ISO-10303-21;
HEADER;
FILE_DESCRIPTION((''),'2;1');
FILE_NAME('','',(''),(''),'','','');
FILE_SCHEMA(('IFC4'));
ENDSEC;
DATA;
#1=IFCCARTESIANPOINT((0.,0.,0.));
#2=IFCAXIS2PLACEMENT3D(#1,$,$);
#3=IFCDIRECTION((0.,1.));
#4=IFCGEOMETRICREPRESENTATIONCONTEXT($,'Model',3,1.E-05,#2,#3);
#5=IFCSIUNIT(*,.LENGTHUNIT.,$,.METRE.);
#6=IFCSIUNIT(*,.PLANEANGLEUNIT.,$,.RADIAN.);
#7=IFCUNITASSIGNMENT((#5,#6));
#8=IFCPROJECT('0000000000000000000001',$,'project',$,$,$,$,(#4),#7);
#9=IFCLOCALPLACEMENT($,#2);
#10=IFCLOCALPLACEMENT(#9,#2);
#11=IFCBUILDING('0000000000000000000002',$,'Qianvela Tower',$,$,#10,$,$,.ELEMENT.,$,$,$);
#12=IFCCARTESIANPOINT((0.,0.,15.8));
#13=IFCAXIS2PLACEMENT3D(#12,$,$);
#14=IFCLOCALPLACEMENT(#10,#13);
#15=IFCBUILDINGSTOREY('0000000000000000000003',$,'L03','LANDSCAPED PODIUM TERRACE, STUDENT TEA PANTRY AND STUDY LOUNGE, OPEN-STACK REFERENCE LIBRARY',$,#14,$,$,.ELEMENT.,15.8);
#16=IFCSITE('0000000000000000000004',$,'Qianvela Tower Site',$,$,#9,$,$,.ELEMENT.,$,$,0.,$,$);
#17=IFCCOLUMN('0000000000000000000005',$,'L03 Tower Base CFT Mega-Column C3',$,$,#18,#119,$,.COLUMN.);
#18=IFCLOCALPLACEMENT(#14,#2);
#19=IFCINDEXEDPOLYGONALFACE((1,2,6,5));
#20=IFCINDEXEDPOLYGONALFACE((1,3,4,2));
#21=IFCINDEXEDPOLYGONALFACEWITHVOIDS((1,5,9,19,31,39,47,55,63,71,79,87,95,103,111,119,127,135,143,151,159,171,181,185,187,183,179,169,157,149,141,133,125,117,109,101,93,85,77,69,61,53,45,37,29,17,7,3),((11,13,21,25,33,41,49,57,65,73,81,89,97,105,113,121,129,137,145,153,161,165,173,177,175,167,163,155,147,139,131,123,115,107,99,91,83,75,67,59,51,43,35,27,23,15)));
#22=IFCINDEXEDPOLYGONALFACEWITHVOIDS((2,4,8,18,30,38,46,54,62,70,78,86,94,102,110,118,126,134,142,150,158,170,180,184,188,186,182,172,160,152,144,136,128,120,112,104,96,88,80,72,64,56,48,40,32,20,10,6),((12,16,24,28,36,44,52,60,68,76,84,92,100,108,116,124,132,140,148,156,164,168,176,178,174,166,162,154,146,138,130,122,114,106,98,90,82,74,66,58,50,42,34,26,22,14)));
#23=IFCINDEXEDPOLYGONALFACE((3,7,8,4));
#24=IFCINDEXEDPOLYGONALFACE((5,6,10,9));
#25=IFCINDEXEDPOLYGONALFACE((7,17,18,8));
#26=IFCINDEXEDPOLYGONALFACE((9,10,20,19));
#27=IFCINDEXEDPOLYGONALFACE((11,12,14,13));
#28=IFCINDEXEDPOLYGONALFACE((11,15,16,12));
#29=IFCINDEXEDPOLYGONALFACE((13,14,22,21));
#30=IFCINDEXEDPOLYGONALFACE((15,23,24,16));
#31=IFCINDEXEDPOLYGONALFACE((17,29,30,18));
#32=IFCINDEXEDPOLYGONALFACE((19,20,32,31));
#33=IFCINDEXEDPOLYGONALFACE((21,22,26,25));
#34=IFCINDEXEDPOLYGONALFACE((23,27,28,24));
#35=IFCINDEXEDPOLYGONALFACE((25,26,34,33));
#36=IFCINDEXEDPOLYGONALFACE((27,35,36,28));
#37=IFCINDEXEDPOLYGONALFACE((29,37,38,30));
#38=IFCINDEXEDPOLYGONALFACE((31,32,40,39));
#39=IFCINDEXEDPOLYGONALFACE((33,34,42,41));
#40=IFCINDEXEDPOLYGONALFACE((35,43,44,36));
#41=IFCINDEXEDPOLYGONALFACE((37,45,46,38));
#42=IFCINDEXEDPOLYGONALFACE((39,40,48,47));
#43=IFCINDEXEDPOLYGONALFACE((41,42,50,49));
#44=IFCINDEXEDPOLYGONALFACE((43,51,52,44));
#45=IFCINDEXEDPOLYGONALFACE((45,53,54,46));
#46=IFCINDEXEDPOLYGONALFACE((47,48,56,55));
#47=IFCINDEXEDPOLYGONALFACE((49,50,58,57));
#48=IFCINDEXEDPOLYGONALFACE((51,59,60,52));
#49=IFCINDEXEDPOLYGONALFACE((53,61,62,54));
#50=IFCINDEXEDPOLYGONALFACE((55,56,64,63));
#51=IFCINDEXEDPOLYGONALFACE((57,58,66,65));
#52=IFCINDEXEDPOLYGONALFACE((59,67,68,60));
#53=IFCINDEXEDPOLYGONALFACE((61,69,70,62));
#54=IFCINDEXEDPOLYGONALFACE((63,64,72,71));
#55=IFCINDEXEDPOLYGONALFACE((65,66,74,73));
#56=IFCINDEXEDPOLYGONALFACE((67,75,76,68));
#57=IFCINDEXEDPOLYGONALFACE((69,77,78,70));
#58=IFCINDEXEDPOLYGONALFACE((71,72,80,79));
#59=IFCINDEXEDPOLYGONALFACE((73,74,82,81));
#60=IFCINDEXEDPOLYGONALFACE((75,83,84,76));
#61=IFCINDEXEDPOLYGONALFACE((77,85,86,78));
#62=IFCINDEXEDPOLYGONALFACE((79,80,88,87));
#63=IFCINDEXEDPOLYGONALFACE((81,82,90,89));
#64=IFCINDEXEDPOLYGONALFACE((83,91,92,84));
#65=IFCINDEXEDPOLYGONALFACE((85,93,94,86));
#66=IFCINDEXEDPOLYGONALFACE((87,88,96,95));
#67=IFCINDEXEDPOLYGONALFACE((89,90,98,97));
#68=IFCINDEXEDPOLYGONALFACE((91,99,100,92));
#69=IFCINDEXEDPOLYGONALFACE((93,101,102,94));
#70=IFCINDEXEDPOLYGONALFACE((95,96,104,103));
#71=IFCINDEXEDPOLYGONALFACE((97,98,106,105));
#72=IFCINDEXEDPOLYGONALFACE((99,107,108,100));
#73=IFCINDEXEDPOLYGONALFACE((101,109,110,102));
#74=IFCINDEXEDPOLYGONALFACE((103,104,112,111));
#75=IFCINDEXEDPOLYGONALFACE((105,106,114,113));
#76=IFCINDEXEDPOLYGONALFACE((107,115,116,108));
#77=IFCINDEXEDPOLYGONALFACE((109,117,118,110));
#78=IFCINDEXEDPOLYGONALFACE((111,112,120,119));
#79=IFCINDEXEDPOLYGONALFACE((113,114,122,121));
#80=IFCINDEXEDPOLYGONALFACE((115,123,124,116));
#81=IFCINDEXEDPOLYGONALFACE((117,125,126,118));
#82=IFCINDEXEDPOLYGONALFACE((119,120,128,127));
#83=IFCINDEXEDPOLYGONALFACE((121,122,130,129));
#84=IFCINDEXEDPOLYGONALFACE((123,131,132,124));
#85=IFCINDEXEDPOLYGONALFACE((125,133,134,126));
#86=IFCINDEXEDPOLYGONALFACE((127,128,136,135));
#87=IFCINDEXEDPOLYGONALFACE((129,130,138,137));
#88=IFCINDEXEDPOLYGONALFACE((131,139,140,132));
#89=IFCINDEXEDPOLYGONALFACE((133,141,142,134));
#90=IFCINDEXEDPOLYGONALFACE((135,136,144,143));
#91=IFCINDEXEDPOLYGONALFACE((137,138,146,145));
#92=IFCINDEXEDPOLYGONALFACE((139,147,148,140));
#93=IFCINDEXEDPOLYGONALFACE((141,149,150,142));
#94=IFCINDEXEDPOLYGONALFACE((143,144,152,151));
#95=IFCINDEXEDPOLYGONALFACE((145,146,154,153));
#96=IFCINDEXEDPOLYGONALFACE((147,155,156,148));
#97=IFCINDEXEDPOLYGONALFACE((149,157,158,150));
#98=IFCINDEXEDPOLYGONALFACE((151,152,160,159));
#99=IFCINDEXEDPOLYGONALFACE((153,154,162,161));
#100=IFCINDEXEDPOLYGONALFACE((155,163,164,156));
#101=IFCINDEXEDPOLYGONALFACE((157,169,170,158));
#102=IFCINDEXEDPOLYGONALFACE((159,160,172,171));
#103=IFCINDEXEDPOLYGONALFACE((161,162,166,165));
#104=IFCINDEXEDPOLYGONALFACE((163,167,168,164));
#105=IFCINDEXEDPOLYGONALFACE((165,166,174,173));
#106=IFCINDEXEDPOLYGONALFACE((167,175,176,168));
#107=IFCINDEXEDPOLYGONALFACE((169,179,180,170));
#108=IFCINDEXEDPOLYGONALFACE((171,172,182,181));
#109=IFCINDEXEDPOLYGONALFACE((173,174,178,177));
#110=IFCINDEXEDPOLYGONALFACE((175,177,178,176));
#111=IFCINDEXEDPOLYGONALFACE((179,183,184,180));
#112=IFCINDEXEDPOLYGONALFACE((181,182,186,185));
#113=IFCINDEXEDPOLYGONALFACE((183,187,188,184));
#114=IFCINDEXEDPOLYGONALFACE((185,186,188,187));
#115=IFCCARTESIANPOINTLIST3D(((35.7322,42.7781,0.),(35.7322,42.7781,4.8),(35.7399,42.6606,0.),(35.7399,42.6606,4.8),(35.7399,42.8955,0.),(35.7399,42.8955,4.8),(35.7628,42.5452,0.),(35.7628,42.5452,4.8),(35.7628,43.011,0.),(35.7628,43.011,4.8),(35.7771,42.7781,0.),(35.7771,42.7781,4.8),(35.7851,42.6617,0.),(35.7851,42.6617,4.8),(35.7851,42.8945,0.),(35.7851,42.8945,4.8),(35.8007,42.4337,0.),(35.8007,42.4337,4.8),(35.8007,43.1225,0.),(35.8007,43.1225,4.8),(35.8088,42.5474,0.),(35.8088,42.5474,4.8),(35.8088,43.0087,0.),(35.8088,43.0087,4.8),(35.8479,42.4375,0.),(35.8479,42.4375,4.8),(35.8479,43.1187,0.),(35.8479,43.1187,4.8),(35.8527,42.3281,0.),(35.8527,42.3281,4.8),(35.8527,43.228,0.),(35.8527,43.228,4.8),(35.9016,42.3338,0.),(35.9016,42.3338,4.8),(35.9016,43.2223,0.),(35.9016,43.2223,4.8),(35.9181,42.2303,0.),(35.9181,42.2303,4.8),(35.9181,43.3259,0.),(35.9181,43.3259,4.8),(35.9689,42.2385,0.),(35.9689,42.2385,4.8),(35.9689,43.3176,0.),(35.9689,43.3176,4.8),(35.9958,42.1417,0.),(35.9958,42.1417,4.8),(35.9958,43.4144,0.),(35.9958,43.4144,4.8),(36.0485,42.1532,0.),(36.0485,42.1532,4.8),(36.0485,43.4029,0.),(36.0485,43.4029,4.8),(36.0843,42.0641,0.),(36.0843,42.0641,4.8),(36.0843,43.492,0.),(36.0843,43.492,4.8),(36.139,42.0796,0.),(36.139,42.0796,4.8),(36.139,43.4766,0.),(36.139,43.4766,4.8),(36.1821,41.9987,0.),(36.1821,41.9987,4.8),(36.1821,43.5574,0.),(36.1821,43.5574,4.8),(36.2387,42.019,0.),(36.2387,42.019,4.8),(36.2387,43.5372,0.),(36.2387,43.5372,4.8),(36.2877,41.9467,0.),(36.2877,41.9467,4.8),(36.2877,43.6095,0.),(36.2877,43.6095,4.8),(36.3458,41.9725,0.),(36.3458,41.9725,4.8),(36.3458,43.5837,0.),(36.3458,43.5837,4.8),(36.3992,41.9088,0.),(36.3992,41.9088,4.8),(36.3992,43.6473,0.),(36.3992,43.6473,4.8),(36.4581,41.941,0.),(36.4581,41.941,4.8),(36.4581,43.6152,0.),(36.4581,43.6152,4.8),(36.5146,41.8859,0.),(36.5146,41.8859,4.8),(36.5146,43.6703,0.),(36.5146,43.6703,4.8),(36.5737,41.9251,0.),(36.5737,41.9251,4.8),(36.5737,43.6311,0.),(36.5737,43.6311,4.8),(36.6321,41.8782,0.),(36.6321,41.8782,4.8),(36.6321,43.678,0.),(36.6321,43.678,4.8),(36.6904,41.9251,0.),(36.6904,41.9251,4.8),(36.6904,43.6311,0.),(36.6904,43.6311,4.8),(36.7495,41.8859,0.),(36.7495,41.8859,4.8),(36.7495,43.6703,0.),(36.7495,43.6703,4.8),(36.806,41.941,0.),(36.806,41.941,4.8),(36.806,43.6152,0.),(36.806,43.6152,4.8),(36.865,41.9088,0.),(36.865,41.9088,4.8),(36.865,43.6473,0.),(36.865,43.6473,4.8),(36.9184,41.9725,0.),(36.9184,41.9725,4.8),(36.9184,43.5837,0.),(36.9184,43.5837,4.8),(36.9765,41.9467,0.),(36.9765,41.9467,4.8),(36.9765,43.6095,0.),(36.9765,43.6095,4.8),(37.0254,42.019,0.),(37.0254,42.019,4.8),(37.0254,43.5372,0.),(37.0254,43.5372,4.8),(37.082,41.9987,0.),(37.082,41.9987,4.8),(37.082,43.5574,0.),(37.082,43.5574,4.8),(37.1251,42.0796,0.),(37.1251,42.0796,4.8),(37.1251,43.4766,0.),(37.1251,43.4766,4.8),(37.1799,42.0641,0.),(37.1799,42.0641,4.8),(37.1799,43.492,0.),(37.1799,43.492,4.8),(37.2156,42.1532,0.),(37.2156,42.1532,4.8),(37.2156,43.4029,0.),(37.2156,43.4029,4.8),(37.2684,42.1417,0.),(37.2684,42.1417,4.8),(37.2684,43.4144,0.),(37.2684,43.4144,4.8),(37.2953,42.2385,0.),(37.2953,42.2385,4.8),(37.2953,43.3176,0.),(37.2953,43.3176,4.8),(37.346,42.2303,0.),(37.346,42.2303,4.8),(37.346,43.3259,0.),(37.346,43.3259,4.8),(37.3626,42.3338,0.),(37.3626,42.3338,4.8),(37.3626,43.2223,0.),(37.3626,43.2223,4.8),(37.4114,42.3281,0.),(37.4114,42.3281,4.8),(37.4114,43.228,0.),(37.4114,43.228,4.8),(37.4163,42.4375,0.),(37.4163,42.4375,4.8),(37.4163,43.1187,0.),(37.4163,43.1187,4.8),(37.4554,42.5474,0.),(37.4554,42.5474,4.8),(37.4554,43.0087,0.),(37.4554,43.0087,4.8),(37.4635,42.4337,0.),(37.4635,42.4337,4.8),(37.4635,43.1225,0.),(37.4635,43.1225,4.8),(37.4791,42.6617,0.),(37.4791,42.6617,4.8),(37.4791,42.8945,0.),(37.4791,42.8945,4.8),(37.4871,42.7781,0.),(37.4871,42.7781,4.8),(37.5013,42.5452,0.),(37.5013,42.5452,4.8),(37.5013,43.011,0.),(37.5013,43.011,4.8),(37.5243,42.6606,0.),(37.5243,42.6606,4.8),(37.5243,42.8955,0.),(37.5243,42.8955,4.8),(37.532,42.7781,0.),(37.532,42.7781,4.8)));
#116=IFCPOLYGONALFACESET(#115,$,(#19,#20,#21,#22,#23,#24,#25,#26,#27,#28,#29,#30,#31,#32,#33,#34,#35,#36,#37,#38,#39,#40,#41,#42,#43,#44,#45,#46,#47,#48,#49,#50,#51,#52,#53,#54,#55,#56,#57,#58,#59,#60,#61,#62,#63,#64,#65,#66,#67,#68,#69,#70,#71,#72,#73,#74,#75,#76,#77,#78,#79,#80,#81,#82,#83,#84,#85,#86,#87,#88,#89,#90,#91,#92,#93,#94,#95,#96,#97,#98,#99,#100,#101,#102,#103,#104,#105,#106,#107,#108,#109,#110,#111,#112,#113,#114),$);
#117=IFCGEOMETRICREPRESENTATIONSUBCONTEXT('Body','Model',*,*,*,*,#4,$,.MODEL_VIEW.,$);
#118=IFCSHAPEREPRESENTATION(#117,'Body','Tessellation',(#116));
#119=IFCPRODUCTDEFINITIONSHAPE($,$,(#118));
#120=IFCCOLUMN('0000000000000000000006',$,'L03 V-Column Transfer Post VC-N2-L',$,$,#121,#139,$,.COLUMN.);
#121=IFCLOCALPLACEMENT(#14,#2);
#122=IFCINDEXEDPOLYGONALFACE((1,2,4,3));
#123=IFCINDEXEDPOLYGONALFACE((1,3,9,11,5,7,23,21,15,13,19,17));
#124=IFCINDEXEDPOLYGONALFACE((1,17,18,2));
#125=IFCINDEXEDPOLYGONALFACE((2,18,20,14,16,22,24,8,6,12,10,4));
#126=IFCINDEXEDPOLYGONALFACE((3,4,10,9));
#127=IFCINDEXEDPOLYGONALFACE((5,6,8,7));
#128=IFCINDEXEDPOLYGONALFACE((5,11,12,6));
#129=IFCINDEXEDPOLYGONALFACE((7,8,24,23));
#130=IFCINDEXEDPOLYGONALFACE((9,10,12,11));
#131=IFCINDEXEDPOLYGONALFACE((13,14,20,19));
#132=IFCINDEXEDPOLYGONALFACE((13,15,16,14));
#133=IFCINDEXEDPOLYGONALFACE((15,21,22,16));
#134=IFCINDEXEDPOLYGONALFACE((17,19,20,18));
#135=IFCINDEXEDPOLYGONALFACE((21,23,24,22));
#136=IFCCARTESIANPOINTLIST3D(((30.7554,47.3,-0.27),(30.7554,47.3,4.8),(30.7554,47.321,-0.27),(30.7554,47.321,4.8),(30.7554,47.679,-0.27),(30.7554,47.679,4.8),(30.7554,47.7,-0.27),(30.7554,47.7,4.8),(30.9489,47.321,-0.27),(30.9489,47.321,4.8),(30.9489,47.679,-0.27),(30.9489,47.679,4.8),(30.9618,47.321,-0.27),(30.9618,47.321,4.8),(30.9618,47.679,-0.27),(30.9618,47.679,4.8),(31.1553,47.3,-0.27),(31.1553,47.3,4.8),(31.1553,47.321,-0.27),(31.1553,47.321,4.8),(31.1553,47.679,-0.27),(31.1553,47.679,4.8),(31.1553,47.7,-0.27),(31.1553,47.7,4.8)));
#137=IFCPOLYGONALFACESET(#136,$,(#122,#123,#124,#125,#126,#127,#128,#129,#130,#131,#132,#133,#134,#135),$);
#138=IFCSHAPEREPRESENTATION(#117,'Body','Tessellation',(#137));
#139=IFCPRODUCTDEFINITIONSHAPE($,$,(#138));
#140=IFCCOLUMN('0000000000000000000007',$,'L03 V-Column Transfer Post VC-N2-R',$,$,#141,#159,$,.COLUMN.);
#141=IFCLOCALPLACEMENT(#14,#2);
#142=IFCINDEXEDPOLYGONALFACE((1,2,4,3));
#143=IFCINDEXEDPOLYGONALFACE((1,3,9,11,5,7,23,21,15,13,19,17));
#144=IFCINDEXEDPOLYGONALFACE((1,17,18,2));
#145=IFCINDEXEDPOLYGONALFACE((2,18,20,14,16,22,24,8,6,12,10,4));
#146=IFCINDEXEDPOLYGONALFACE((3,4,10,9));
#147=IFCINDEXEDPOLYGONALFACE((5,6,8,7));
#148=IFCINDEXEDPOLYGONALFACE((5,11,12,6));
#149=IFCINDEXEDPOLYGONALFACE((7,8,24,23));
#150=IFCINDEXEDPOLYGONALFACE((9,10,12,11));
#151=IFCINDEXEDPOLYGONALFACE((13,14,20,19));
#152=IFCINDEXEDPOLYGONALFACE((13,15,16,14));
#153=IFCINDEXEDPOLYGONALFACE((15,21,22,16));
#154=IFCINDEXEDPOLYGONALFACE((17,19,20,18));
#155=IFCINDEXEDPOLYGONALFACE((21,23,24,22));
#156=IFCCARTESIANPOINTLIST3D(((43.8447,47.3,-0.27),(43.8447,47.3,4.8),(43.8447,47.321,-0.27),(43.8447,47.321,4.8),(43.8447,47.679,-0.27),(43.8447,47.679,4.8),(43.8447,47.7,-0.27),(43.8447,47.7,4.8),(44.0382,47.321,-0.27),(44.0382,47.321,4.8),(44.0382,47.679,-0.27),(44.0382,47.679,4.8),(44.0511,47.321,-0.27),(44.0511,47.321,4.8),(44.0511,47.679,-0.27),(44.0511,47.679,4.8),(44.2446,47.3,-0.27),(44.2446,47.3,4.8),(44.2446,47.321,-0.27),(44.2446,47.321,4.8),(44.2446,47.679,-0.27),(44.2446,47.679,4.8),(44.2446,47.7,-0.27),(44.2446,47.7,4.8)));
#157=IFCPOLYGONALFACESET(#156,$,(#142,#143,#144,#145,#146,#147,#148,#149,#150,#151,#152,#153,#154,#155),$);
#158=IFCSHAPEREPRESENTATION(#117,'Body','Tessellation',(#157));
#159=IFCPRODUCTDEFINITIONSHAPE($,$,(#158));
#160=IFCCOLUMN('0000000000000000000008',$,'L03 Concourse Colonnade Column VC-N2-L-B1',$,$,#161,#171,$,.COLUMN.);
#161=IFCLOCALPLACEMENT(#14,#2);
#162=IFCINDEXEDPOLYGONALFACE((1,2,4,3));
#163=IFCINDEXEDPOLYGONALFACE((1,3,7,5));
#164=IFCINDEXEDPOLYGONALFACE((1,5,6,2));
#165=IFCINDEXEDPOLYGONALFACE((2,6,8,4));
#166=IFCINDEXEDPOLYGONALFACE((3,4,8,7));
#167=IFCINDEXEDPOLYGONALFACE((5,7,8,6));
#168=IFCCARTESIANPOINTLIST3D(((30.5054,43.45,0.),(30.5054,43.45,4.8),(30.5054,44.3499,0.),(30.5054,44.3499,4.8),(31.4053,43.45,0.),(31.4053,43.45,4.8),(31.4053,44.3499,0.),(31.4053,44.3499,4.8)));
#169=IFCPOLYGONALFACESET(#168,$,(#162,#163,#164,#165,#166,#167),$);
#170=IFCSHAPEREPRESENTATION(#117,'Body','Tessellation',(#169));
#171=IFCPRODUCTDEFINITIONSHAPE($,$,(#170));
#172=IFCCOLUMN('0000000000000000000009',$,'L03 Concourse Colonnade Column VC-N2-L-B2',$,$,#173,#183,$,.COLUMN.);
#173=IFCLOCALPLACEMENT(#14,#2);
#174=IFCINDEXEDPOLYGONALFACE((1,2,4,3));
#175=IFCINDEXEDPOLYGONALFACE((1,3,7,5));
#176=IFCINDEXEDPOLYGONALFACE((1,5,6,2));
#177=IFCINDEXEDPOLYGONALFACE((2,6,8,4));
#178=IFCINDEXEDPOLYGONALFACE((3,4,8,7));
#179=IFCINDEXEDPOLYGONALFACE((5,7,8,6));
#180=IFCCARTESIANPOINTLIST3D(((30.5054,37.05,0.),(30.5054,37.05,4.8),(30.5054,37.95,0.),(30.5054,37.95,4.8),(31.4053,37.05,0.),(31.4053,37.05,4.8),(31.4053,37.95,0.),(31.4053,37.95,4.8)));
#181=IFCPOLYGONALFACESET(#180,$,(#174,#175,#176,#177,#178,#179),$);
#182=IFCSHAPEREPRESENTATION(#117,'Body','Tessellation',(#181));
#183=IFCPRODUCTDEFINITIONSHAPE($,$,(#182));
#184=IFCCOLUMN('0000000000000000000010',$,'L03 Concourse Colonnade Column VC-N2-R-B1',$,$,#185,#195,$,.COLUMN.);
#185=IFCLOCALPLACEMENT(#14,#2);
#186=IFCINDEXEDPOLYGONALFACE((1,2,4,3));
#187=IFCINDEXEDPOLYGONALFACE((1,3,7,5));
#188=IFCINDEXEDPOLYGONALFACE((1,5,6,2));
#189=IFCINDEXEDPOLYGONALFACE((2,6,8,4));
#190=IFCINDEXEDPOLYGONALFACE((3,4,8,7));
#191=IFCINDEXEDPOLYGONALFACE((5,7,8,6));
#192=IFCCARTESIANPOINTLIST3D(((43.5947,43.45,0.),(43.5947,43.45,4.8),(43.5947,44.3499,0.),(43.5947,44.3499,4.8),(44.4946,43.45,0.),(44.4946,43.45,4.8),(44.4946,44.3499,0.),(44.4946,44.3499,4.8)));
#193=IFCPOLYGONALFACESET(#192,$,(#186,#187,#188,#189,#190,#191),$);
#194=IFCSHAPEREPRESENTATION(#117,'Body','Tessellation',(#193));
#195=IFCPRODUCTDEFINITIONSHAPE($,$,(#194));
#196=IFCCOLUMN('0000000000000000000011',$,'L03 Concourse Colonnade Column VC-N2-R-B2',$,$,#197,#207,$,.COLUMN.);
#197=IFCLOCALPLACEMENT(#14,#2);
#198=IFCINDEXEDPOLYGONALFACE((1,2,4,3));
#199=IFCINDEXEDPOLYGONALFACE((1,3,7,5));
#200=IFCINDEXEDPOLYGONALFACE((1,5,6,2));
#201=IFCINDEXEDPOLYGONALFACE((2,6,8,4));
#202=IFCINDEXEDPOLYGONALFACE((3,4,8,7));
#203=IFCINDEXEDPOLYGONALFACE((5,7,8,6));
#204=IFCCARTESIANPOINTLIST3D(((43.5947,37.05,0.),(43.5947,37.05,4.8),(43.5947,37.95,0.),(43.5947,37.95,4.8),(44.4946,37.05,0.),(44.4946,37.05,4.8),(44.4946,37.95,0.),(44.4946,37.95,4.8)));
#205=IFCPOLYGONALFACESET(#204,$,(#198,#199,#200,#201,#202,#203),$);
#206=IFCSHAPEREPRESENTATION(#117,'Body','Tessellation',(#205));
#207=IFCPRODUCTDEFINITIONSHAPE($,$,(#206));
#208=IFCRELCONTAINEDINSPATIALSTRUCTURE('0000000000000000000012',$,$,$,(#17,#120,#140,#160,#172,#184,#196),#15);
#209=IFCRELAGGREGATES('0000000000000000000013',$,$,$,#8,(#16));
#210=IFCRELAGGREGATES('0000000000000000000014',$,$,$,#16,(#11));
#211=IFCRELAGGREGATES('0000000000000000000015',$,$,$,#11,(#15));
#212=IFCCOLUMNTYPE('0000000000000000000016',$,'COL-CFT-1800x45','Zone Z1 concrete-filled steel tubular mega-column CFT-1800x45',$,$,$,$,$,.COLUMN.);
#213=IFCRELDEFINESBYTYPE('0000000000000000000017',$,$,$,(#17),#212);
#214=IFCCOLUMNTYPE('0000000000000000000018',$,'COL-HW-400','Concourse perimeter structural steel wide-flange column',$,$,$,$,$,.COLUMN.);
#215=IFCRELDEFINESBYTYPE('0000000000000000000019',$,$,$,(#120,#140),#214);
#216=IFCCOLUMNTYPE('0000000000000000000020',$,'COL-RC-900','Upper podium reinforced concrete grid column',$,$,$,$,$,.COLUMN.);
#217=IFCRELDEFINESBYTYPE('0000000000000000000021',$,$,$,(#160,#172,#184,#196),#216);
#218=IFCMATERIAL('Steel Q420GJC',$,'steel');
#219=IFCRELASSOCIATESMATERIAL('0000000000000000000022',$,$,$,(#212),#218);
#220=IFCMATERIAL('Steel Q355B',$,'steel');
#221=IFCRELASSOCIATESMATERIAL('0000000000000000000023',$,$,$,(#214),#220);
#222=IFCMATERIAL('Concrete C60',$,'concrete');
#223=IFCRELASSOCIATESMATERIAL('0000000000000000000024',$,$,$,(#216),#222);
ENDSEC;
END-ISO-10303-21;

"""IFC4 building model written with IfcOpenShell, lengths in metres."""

from ifc_helpers import new_model, si_unit, direction, frame, origin, origin_2d, place, context, subcontext, project, spatial, rectangle, hollow_circle, i_section, extrude, material, material_profile, profile_set, type_object, element, save


model = new_model("IFC4")

# Units and contexts
model_context = context("Model", 3, precision=1e-05, world=origin(), true_north=direction((0.0, 1.0)))
body_context = subcontext(model_context, "Body", "Model", "MODEL_VIEW")
ifc_project = project(units=[si_unit("LENGTHUNIT", "METRE"), si_unit("PLANEANGLEUNIT", "RADIAN")], contexts=[model_context])

# Site, building, storey
site_placement = place(None, origin())
site = spatial("IfcSite", under=ifc_project, at=site_placement, Name="Qianvela Tower Site", CompositionType="ELEMENT", RefElevation=0.0)
building_placement = place(site_placement, origin())
building = spatial("IfcBuilding", under=site, at=building_placement, Name="Qianvela Tower", CompositionType="ELEMENT")
storey_placement = place(building_placement, frame((0.0, 0.0, 15.8)))
storey = spatial("IfcBuildingStorey", under=building, at=storey_placement, Name="L03", Description="LANDSCAPED PODIUM TERRACE, STUDENT TEA PANTRY AND STUDY LOUNGE, OPEN-STACK REFERENCE LIBRARY", CompositionType="ELEMENT", Elevation=15.8)

# Columns
ifc_material_1 = material(Name="Steel Q420GJC", Category="steel")
ifc_material_profile_1 = material_profile(ifc_material_1, hollow_circle(Radius=0.8999, WallThickness=0.0449, at=origin_2d()), Name="CFT-1800x45")
ifc_profile_set_1 = profile_set([ifc_material_profile_1], Name="Steel Q420GJC")
column_type_1 = type_object("IfcColumnType", Name="COL-CFT-1800x45", Description="Zone Z1 concrete-filled steel tubular mega-column CFT-1800x45", PredefinedType="COLUMN", material=ifc_profile_set_1)
for number, where, z_axis, x_axis, name in (
    (1, (36.6321, 42.7781, 0.0), (0.0, 0.0, 1.0), (1.0, 0.0, 0.0), "L03 Tower Base CFT Mega-Column C3"),
):
    element("IfcColumn", number, at=place(storey_placement, frame(where, z_axis=z_axis, x_axis=x_axis)), inside=storey, type_object=column_type_1, Name=name, PredefinedType="COLUMN", context=body_context, shape_type="SweptSolid", body=[
        extrude(hollow_circle(Radius=0.8999, WallThickness=0.0449, at=origin_2d()), origin(), (0.0, 0.0, 1.0), 4.8),
    ])
ifc_material_2 = material(Name="Steel Q355B", Category="steel")
ifc_material_profile_2 = material_profile(ifc_material_2, i_section(OverallWidth=0.3999, OverallDepth=0.3999, WebThickness=0.0129, FlangeThickness=0.021, at=origin_2d()), Name="HW400x400x13x21")
ifc_profile_set_2 = profile_set([ifc_material_profile_2], Name="Steel Q355B")
column_type_2 = type_object("IfcColumnType", Name="COL-HW-400", Description="Concourse perimeter structural steel wide-flange column", PredefinedType="COLUMN", material=ifc_profile_set_2)
for number, where, z_axis, x_axis, name in (
    (2, (30.9553, 47.5, -0.27), (0.0, 0.0, 1.0), (1.0, 0.0, 0.0), "L03 V-Column Transfer Post VC-N2-L"),
    (3, (44.0447, 47.5, -0.27), (0.0, 0.0, 1.0), (1.0, 0.0, 0.0), "L03 V-Column Transfer Post VC-N2-R"),
):
    element("IfcColumn", number, at=place(storey_placement, frame(where, z_axis=z_axis, x_axis=x_axis)), inside=storey, type_object=column_type_2, Name=name, PredefinedType="COLUMN", context=body_context, shape_type="SweptSolid", body=[
        extrude(i_section(OverallWidth=0.3999, OverallDepth=0.3999, WebThickness=0.0129, FlangeThickness=0.021, at=origin_2d()), origin(), (0.0, 0.0, 1.0), 5.0701),
    ])
ifc_material_3 = material(Name="Concrete C60", Category="concrete")
ifc_material_profile_3 = material_profile(ifc_material_3, rectangle(XDim=0.8999, YDim=0.8999, at=origin_2d()), Name="RC-COL-900x900")
ifc_profile_set_3 = profile_set([ifc_material_profile_3], Name="Concrete C60")
column_type_3 = type_object("IfcColumnType", Name="COL-RC-900", Description="Upper podium reinforced concrete grid column", PredefinedType="COLUMN", material=ifc_profile_set_3)
for number, where, z_axis, x_axis, name in (
    (4, (30.9553, 43.8999, 0.0), (0.0, 0.0, 1.0), (1.0, 0.0, 0.0), "L03 Concourse Colonnade Column VC-N2-L-B1"),
    (5, (30.9553, 37.5, 0.0), (0.0, 0.0, 1.0), (1.0, 0.0, 0.0), "L03 Concourse Colonnade Column VC-N2-L-B2"),
    (6, (44.0447, 43.8999, 0.0), (0.0, 0.0, 1.0), (1.0, 0.0, 0.0), "L03 Concourse Colonnade Column VC-N2-R-B1"),
    (7, (44.0447, 37.5, 0.0), (0.0, 0.0, 1.0), (1.0, 0.0, 0.0), "L03 Concourse Colonnade Column VC-N2-R-B2"),
):
    element("IfcColumn", number, at=place(storey_placement, frame(where, z_axis=z_axis, x_axis=x_axis)), inside=storey, type_object=column_type_3, Name=name, PredefinedType="COLUMN", context=body_context, shape_type="SweptSolid", body=[
        extrude(rectangle(XDim=0.8999, YDim=0.8999, at=origin_2d()), origin(), (0.0, 0.0, 1.0), 4.8),
    ])

save(model, "model.ifc")
